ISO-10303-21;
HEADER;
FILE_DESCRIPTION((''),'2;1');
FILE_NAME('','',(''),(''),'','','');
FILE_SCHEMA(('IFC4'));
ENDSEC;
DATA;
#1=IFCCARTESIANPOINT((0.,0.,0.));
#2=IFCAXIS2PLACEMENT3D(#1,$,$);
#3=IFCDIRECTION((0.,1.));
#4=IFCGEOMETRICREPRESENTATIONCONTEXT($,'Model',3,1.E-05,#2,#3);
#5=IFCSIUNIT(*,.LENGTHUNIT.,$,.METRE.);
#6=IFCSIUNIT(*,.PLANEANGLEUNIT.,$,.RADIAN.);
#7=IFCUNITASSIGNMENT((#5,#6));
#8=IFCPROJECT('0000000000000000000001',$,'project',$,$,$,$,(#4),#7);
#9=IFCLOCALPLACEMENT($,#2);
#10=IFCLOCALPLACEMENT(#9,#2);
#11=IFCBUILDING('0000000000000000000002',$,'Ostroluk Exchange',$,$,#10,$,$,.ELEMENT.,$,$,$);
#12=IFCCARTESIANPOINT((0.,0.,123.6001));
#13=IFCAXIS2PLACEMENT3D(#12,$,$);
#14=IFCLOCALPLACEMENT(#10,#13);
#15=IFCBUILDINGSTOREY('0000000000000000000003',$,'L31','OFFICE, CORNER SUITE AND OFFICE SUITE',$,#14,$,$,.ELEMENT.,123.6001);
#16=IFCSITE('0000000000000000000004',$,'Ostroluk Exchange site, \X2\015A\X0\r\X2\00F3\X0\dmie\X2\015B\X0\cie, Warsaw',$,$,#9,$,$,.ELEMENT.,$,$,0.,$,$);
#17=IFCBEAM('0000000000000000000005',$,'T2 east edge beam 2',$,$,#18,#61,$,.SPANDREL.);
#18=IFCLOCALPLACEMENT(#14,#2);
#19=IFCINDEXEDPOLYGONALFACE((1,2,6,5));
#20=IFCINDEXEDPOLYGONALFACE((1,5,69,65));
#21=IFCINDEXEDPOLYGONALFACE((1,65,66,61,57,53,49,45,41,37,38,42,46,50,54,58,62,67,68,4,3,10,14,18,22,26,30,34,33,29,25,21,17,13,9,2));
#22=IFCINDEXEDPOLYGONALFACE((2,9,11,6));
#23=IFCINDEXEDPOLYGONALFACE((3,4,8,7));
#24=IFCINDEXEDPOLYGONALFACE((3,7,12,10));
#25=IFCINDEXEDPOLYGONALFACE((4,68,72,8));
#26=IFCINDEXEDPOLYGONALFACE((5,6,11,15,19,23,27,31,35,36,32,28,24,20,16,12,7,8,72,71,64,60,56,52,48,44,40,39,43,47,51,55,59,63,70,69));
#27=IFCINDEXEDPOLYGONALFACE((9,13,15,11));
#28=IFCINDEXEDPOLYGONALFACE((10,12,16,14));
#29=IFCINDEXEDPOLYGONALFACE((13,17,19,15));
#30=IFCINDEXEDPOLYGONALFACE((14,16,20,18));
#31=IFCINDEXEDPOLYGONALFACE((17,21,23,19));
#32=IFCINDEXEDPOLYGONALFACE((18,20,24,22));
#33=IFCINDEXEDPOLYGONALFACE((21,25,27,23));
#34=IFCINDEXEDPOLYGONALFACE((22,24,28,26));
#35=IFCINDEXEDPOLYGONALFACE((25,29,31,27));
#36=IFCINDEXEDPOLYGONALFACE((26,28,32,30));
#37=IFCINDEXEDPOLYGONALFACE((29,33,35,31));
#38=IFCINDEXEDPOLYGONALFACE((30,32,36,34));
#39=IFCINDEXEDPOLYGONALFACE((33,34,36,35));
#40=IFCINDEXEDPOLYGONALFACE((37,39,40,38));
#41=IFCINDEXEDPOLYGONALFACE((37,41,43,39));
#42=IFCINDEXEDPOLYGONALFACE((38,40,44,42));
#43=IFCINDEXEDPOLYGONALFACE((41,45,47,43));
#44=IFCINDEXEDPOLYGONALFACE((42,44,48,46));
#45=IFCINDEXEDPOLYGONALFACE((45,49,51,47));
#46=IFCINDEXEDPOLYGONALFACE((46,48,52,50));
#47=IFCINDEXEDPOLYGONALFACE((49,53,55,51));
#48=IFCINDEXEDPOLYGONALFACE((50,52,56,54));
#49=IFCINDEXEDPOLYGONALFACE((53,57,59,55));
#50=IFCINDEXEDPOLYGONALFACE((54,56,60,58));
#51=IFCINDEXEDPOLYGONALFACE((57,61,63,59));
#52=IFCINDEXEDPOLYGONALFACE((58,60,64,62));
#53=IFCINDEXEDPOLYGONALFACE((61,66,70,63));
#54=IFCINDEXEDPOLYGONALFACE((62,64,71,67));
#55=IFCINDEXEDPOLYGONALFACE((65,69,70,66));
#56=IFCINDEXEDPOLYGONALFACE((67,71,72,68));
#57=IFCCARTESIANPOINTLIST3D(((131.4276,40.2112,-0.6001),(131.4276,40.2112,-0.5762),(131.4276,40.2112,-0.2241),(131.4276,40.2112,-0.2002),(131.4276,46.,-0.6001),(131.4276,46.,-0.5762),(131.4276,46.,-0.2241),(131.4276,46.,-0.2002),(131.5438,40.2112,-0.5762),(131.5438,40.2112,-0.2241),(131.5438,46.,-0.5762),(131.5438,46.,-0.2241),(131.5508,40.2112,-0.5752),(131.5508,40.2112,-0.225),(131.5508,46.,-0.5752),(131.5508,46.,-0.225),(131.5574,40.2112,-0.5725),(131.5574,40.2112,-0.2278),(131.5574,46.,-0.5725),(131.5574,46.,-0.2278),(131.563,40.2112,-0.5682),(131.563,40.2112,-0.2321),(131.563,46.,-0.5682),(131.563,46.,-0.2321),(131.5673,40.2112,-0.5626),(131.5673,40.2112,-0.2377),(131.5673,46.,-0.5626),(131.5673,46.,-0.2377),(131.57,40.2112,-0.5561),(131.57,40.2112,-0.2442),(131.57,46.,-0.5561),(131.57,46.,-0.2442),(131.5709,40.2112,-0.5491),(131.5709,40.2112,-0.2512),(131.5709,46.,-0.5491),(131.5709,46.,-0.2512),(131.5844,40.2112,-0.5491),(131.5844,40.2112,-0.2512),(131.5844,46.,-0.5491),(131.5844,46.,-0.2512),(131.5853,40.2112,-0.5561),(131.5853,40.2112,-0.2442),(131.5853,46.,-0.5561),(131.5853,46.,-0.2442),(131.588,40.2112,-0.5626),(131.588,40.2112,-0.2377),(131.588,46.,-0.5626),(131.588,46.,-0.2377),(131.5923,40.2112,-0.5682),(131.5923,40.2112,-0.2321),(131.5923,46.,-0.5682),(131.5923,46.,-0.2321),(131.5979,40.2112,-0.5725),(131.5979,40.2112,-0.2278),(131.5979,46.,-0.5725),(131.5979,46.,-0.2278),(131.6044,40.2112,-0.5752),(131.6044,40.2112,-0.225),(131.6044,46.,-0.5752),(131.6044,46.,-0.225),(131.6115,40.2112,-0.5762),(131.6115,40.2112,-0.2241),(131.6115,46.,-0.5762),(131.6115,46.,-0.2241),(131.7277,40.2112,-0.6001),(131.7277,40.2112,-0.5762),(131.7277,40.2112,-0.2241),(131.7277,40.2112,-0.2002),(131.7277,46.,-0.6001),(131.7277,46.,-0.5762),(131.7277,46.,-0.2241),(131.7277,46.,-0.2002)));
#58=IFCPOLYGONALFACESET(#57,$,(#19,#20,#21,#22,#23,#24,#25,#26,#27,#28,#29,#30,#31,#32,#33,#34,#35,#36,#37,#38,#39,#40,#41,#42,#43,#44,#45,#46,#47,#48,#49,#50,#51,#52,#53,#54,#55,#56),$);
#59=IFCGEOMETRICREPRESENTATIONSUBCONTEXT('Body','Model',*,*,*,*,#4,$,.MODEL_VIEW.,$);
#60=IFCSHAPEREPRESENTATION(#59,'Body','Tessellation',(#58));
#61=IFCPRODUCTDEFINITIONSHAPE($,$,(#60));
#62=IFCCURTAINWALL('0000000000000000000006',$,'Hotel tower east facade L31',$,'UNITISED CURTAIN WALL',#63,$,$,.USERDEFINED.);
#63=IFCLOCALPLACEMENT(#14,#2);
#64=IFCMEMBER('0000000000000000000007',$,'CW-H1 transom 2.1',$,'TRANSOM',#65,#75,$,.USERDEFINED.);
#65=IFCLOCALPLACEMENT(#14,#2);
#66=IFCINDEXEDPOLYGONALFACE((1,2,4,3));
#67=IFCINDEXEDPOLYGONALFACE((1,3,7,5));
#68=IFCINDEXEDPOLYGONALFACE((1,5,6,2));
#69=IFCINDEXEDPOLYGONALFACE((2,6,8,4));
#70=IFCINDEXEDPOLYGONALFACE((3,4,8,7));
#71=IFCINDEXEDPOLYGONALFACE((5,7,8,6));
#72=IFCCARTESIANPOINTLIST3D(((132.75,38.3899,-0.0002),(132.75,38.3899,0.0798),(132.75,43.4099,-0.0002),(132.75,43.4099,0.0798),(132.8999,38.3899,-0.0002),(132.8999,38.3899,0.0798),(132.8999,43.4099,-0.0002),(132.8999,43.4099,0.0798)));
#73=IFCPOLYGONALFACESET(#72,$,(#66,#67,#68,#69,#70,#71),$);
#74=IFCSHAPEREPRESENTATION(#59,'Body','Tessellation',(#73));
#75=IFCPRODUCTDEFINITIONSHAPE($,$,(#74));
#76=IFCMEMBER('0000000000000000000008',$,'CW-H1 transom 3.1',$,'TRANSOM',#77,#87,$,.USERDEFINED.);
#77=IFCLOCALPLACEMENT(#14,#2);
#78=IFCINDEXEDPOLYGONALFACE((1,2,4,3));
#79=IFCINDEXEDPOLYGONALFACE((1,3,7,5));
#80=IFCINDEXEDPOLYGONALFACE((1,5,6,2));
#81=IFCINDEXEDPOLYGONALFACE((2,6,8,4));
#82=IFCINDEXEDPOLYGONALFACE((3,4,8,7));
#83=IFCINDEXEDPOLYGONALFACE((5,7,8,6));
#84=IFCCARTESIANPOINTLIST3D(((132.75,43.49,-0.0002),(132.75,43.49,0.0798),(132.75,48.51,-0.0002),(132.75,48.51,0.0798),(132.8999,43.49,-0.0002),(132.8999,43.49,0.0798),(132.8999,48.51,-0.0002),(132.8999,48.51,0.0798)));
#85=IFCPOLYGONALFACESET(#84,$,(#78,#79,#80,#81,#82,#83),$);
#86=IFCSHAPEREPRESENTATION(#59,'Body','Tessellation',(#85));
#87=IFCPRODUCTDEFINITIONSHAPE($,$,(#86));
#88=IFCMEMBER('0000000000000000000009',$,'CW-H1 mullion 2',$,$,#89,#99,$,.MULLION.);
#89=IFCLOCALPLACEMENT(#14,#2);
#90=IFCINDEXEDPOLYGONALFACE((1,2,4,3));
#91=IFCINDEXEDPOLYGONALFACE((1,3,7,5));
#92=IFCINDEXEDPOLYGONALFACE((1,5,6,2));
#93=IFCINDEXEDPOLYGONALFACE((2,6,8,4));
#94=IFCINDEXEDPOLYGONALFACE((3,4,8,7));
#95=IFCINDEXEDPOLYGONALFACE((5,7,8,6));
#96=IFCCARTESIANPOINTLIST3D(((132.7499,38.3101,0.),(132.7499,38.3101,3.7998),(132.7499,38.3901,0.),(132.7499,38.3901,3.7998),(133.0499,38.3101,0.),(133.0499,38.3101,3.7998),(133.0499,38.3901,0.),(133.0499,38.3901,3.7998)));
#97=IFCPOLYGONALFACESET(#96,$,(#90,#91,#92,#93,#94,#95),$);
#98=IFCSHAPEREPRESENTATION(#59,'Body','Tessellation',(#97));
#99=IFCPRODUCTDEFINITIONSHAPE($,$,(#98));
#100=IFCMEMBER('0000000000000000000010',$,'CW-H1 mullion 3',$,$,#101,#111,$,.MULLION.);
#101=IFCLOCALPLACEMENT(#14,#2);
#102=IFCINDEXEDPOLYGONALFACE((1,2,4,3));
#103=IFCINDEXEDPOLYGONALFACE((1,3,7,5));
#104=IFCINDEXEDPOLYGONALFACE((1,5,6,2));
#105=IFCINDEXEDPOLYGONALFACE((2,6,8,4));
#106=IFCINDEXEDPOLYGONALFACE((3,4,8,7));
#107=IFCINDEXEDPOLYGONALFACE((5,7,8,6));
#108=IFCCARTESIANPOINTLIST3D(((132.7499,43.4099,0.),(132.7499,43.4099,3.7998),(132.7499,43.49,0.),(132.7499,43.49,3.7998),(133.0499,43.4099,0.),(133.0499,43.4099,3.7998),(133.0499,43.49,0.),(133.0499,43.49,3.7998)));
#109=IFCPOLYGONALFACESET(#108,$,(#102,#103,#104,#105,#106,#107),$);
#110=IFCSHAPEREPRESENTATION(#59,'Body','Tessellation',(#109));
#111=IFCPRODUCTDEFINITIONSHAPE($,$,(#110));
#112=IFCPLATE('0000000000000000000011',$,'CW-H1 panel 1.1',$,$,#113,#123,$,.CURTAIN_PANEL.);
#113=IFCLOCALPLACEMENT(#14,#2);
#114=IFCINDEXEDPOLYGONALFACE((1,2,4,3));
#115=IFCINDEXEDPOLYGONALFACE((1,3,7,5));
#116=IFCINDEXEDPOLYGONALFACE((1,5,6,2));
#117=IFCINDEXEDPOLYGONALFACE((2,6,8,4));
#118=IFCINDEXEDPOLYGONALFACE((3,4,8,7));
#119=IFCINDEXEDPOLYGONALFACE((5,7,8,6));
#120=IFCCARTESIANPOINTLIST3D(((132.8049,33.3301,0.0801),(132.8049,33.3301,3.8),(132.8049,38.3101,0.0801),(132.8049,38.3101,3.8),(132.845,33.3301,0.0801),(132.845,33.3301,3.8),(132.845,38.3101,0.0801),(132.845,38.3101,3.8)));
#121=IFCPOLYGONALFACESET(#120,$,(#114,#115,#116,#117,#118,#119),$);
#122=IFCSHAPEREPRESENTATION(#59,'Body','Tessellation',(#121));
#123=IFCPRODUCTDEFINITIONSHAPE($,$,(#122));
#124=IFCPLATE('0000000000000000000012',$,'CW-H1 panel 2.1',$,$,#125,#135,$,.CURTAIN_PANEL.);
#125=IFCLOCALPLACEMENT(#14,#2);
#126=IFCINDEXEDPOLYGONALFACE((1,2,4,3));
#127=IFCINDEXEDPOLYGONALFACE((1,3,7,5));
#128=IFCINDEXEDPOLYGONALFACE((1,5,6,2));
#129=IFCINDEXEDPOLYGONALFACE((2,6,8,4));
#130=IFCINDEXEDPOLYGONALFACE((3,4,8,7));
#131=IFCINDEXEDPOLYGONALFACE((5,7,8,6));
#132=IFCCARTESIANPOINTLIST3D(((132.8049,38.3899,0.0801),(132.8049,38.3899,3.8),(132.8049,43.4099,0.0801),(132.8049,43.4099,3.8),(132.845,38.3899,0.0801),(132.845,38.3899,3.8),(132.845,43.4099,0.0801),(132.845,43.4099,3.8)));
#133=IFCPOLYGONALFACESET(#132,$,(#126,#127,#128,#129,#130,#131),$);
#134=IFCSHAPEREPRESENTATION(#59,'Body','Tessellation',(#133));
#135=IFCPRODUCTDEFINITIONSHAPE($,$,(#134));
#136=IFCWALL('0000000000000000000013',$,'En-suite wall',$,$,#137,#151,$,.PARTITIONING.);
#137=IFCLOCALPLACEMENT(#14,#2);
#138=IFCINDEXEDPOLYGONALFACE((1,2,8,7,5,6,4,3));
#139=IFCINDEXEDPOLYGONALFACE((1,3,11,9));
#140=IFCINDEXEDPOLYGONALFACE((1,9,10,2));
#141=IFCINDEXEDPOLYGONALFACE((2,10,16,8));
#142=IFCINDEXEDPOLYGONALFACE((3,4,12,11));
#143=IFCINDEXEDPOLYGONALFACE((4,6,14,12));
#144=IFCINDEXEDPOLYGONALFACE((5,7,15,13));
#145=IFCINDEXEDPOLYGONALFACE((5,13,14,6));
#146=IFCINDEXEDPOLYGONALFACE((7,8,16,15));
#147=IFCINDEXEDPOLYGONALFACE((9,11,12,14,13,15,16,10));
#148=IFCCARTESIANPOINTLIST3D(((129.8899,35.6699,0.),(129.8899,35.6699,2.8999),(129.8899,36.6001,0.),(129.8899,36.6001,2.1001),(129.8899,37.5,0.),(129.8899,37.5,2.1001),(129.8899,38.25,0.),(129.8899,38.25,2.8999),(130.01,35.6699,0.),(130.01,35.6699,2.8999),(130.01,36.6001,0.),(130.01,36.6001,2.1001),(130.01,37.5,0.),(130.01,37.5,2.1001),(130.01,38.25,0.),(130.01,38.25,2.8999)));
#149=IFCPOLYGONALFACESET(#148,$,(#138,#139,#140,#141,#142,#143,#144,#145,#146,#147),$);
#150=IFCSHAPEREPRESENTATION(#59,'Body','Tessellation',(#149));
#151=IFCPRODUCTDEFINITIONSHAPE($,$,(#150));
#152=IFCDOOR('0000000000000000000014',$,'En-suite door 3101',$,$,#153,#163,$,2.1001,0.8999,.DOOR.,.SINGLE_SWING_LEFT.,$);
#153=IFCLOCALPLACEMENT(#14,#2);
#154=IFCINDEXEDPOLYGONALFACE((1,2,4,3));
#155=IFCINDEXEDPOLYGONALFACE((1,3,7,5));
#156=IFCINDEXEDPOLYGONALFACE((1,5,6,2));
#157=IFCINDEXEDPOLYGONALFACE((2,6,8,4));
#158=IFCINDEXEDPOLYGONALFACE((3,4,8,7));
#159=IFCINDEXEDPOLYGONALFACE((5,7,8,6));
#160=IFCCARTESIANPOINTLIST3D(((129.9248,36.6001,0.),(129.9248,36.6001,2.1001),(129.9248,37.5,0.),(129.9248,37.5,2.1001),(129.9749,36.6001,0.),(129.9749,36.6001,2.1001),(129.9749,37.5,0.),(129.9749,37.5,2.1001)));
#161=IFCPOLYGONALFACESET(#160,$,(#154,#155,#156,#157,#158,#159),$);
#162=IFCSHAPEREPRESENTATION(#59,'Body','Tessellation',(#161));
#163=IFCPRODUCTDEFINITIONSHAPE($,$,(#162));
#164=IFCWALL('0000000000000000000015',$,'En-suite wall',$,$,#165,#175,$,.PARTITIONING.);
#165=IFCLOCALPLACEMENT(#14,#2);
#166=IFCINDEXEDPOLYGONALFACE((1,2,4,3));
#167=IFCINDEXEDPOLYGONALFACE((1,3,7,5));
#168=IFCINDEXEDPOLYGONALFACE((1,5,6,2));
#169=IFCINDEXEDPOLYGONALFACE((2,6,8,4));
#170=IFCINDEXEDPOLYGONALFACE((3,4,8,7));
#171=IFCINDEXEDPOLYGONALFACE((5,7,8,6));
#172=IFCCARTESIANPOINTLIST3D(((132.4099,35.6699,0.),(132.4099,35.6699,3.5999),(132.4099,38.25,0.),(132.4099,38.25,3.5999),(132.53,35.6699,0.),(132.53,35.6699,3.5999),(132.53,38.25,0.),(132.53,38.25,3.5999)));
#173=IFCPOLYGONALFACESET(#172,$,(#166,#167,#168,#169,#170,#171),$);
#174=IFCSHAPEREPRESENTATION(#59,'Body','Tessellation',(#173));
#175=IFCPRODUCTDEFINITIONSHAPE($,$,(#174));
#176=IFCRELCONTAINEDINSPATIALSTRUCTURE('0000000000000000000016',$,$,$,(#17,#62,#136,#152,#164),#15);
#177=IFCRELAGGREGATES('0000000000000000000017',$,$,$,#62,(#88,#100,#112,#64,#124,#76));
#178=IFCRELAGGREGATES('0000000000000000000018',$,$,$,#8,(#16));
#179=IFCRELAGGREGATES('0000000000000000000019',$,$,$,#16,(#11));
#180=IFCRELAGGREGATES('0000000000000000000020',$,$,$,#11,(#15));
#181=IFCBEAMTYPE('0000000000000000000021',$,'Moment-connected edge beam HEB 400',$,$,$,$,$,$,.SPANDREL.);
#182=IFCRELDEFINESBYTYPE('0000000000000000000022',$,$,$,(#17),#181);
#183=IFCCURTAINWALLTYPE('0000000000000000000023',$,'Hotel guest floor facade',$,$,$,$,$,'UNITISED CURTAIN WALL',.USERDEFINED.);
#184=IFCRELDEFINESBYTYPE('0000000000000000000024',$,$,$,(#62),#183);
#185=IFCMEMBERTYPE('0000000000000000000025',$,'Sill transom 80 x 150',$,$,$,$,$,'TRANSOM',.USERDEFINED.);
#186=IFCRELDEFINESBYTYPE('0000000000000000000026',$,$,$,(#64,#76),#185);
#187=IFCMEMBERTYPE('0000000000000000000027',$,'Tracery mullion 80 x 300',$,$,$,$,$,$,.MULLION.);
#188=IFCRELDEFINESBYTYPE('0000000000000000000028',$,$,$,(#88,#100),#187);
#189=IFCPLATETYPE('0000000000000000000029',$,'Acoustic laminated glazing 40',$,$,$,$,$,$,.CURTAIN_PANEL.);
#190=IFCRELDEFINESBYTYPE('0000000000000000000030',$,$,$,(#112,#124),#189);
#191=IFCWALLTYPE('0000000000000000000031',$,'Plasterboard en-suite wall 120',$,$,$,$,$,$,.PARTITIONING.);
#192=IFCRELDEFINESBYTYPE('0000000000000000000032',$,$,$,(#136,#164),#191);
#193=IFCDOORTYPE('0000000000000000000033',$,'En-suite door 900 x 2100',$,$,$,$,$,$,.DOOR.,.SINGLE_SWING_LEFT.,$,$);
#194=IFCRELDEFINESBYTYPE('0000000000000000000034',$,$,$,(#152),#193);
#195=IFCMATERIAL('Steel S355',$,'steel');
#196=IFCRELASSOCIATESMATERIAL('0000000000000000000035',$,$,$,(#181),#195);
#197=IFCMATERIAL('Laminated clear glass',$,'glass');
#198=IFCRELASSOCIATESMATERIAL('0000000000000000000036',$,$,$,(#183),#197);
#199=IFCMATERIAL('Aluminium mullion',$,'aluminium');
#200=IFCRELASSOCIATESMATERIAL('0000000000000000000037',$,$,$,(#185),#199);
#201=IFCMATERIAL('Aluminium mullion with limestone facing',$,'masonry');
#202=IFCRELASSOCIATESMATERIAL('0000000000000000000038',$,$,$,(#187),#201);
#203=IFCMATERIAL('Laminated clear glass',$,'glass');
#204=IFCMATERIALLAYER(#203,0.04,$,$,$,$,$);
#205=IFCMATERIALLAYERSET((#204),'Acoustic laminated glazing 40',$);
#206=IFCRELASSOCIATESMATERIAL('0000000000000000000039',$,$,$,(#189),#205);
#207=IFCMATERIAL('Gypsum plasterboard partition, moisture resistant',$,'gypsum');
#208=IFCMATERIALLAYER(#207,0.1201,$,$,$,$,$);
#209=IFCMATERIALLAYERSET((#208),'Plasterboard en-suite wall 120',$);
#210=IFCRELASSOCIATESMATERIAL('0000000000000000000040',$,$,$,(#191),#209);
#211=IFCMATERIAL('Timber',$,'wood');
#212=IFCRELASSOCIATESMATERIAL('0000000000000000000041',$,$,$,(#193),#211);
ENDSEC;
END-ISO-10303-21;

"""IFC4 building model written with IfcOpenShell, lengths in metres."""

from ifc_helpers import new_model, si_unit, direction, frame, frame_2d, origin, origin_2d, place, context, subcontext, project, spatial, rectangle, i_section, extrude, material, layer, layer_set, material_profile, profile_set, type_object, element, fill, aggregate, save


model = new_model("IFC4")

# Units and contexts
model_context = context("Model", 3, precision=1e-05, world=origin(), true_north=direction((0.0, 1.0)))
body_context = subcontext(model_context, "Body", "Model", "MODEL_VIEW")
ifc_project = project(units=[si_unit("LENGTHUNIT", "METRE"), si_unit("PLANEANGLEUNIT", "RADIAN")], contexts=[model_context])

# Site, building, storey
site_placement = place(None, origin())
site = spatial("IfcSite", under=ifc_project, at=site_placement, Name="Ostroluk Exchange site, Śródmieście, Warsaw", CompositionType="ELEMENT", RefElevation=0.0)
building_placement = place(site_placement, origin())
building = spatial("IfcBuilding", under=site, at=building_placement, Name="Ostroluk Exchange", CompositionType="ELEMENT")
storey_placement = place(building_placement, frame((0.0, 0.0, 123.6001)))
storey = spatial("IfcBuildingStorey", under=building, at=storey_placement, Name="L31", Description="OFFICE, CORNER SUITE AND OFFICE SUITE", CompositionType="ELEMENT", Elevation=123.6001)

# Beam
ifc_material_1 = material(Name="Steel S355", Category="steel")
ifc_material_profile_1 = material_profile(ifc_material_1, i_section(OverallWidth=0.3, OverallDepth=0.3999, WebThickness=0.0134, FlangeThickness=0.0239, FilletRadius=0.0271, at=origin_2d()), Name="HEB 400")
ifc_profile_set_1 = profile_set([ifc_material_profile_1], Name="Steel S355")
beam_type_1 = type_object("IfcBeamType", Name="Moment-connected edge beam HEB 400", PredefinedType="SPANDREL", material=ifc_profile_set_1)
beam_1_placement = place(storey_placement, frame((131.5776, 40.2112, -0.4001), z_axis=(0.0, 1.0, 0.0), x_axis=(-1.0, 0.0, 0.0)))
element("IfcBeam", 1, at=beam_1_placement, inside=storey, type_object=beam_type_1, Name="T2 east edge beam 2", PredefinedType="SPANDREL", context=body_context, shape_type="SweptSolid", body=[
    extrude(i_section(OverallWidth=0.3, OverallDepth=0.3999, WebThickness=0.0134, FlangeThickness=0.0239, FilletRadius=0.0271, at=origin_2d()), origin(), (0.0, 0.0, 1.0), 5.7888),
])

# Curtain wall, members, plates
ifc_material_2 = material(Name="Laminated clear glass", Category="glass")
curtain_wall_type = type_object("IfcCurtainWallType", Name="Hotel guest floor facade", ElementType="UNITISED CURTAIN WALL", PredefinedType="USERDEFINED", material=ifc_material_2)
curtain_wall_placement = place(storey_placement, origin())
curtain_wall = element("IfcCurtainWall", 2, at=curtain_wall_placement, inside=storey, type_object=curtain_wall_type, Name="Hotel tower east facade L31", ObjectType="UNITISED CURTAIN WALL", PredefinedType="USERDEFINED")
ifc_material_3 = material(Name="Aluminium mullion", Category="aluminium")
ifc_material_profile_2 = material_profile(ifc_material_3, rectangle(XDim=0.1499, YDim=0.0801, at=origin_2d()), Name="Sill transom 80 x 150")
ifc_profile_set_2 = profile_set([ifc_material_profile_2], Name="Aluminium mullion")
member_type_1 = type_object("IfcMemberType", Name="Sill transom 80 x 150", ElementType="TRANSOM", PredefinedType="USERDEFINED", material=ifc_profile_set_2)
member_1_placement = place(storey_placement, frame((132.825, 38.3899, 0.0398), z_axis=(0.0, 1.0, 0.0), x_axis=(-1.0, 0.0, 0.0)))
member_1 = element("IfcMember", 3, at=member_1_placement, type_object=member_type_1, Name="CW-H1 transom 2.1", ObjectType="TRANSOM", PredefinedType="USERDEFINED", context=body_context, shape_type="SweptSolid", body=[
    extrude(rectangle(XDim=0.1499, YDim=0.0801, at=origin_2d()), origin(), (0.0, 0.0, 1.0), 5.02),
])
member_2_placement = place(storey_placement, frame((132.825, 43.49, 0.0398), z_axis=(0.0, 1.0, 0.0), x_axis=(-1.0, 0.0, 0.0)))
member_2 = element("IfcMember", 4, at=member_2_placement, type_object=member_type_1, Name="CW-H1 transom 3.1", ObjectType="TRANSOM", PredefinedType="USERDEFINED", context=body_context, shape_type="SweptSolid", body=[
    extrude(rectangle(XDim=0.1499, YDim=0.0801, at=origin_2d()), origin(), (0.0, 0.0, 1.0), 5.02),
])
ifc_material_4 = material(Name="Aluminium mullion with limestone facing", Category="masonry")
ifc_material_profile_3 = material_profile(ifc_material_4, rectangle(XDim=0.3, YDim=0.0801, at=origin_2d()), Name="Tracery mullion 80 x 300")
ifc_profile_set_3 = profile_set([ifc_material_profile_3], Name="Aluminium mullion with limestone facing")
member_type_2 = type_object("IfcMemberType", Name="Tracery mullion 80 x 300", PredefinedType="MULLION", material=ifc_profile_set_3)
member_3_placement = place(storey_placement, frame((132.8999, 38.3501, 0.0), z_axis=(0.0, 0.0, 1.0), x_axis=(-1.0, 0.0, 0.0)))
member_3 = element("IfcMember", 5, at=member_3_placement, type_object=member_type_2, Name="CW-H1 mullion 2", PredefinedType="MULLION", context=body_context, shape_type="SweptSolid", body=[
    extrude(rectangle(XDim=0.3, YDim=0.0801, at=origin_2d()), origin(), (0.0, 0.0, 1.0), 3.7998),
])
member_4_placement = place(storey_placement, frame((132.8999, 43.45, 0.0), z_axis=(0.0, 0.0, 1.0), x_axis=(-1.0, 0.0, 0.0)))
member_4 = element("IfcMember", 6, at=member_4_placement, type_object=member_type_2, Name="CW-H1 mullion 3", PredefinedType="MULLION", context=body_context, shape_type="SweptSolid", body=[
    extrude(rectangle(XDim=0.3, YDim=0.0801, at=origin_2d()), origin(), (0.0, 0.0, 1.0), 3.7998),
])
ifc_material_5 = material(Name="Laminated clear glass", Category="glass")
ifc_layer_1 = layer(ifc_material_5, 0.04)
ifc_layer_set_1 = layer_set([ifc_layer_1], Name="Acoustic laminated glazing 40")
plate_type = type_object("IfcPlateType", Name="Acoustic laminated glazing 40", PredefinedType="CURTAIN_PANEL", material=ifc_layer_set_1)
plate_1_placement = place(storey_placement, frame((132.825, 35.8201, 0.0801), z_axis=(0.0, 0.0, 1.0), x_axis=(0.0, 1.0, 0.0)))
plate_1 = element("IfcPlate", 7, at=plate_1_placement, type_object=plate_type, Name="CW-H1 panel 1.1", PredefinedType="CURTAIN_PANEL", context=body_context, shape_type="SweptSolid", body=[
    extrude(rectangle(XDim=4.98, YDim=0.04, at=origin_2d()), origin(), (0.0, 0.0, 1.0), 3.72),
])
plate_2_placement = place(storey_placement, frame((132.825, 40.8999, 0.0801), z_axis=(0.0, 0.0, 1.0), x_axis=(0.0, 1.0, 0.0)))
plate_2 = element("IfcPlate", 8, at=plate_2_placement, type_object=plate_type, Name="CW-H1 panel 2.1", PredefinedType="CURTAIN_PANEL", context=body_context, shape_type="SweptSolid", body=[
    extrude(rectangle(XDim=5.02, YDim=0.04, at=origin_2d()), origin(), (0.0, 0.0, 1.0), 3.72),
])
aggregate(curtain_wall, [member_3, member_4, plate_1, member_1, plate_2, member_2])

# Wall, opening, door
ifc_material_6 = material(Name="Gypsum plasterboard partition, moisture resistant", Category="gypsum")
ifc_layer_2 = layer(ifc_material_6, 0.1201)
ifc_layer_set_2 = layer_set([ifc_layer_2], Name="Plasterboard en-suite wall 120")
wall_type_1 = type_object("IfcWallType", Name="Plasterboard en-suite wall 120", PredefinedType="PARTITIONING", material=ifc_layer_set_2)
wall_1_placement = place(storey_placement, frame((129.95, 38.25, 0.0), z_axis=(0.0, 0.0, 1.0), x_axis=(0.0, -1.0, 0.0)))
wall_1 = element("IfcWall", 9, at=wall_1_placement, inside=storey, type_object=wall_type_1, Name="En-suite wall", PredefinedType="PARTITIONING", context=body_context, shape_type="SweptSolid", body=[
    extrude(rectangle(XDim=2.5801, YDim=0.1201, at=frame_2d((1.29, 0.0))), origin(), (0.0, 0.0, 1.0), 2.8999),
])
opening_1_placement = place(wall_1_placement, frame((0.75, 0.0, 0.0)))
opening_1 = element("IfcOpeningElement", 10, at=opening_1_placement, cuts=wall_1, PredefinedType="OPENING", context=body_context, shape_type="SweptSolid", body=[
    extrude(rectangle(XDim=0.8999, YDim=2.1001, at=frame_2d((0.45, 1.05))), frame((0.0, 0.0701, 0.0), z_axis=(0.0, -1.0, 0.0), x_axis=(1.0, 0.0, 0.0)), (0.0, 0.0, 1.0), 0.1401),
])
ifc_material_7 = material(Name="Timber", Category="wood")
door_type_1 = type_object("IfcDoorType", Name="En-suite door 900 x 2100", OperationType="SINGLE_SWING_LEFT", PredefinedType="DOOR", material=ifc_material_7)
door_1_placement = place(opening_1_placement, origin())
door_1 = element("IfcDoor", 11, at=door_1_placement, inside=storey, type_object=door_type_1, Name="En-suite door 3101", OperationType="SINGLE_SWING_LEFT", OverallHeight=2.1001, OverallWidth=0.8999, PredefinedType="DOOR", context=body_context, shape_type="SweptSolid", body=[
    extrude(rectangle(XDim=0.8999, YDim=2.1001, at=frame_2d((0.45, 1.05))), frame((0.0, 0.0249, 0.0), z_axis=(0.0, -1.0, 0.0), x_axis=(1.0, 0.0, 0.0)), (0.0, 0.0, 1.0), 0.05),
])
fill(opening_1, door_1)

# Wall
wall_2_placement = place(storey_placement, frame((132.47, 38.25, 0.0), z_axis=(0.0, 0.0, 1.0), x_axis=(0.0, -1.0, 0.0)))
element("IfcWall", 12, at=wall_2_placement, inside=storey, type_object=wall_type_1, Name="En-suite wall", PredefinedType="PARTITIONING", context=body_context, shape_type="SweptSolid", body=[
    extrude(rectangle(XDim=2.5801, YDim=0.1201, at=frame_2d((1.29, 0.0))), origin(), (0.0, 0.0, 1.0), 3.5999),
])

save(model, "model.ifc")
